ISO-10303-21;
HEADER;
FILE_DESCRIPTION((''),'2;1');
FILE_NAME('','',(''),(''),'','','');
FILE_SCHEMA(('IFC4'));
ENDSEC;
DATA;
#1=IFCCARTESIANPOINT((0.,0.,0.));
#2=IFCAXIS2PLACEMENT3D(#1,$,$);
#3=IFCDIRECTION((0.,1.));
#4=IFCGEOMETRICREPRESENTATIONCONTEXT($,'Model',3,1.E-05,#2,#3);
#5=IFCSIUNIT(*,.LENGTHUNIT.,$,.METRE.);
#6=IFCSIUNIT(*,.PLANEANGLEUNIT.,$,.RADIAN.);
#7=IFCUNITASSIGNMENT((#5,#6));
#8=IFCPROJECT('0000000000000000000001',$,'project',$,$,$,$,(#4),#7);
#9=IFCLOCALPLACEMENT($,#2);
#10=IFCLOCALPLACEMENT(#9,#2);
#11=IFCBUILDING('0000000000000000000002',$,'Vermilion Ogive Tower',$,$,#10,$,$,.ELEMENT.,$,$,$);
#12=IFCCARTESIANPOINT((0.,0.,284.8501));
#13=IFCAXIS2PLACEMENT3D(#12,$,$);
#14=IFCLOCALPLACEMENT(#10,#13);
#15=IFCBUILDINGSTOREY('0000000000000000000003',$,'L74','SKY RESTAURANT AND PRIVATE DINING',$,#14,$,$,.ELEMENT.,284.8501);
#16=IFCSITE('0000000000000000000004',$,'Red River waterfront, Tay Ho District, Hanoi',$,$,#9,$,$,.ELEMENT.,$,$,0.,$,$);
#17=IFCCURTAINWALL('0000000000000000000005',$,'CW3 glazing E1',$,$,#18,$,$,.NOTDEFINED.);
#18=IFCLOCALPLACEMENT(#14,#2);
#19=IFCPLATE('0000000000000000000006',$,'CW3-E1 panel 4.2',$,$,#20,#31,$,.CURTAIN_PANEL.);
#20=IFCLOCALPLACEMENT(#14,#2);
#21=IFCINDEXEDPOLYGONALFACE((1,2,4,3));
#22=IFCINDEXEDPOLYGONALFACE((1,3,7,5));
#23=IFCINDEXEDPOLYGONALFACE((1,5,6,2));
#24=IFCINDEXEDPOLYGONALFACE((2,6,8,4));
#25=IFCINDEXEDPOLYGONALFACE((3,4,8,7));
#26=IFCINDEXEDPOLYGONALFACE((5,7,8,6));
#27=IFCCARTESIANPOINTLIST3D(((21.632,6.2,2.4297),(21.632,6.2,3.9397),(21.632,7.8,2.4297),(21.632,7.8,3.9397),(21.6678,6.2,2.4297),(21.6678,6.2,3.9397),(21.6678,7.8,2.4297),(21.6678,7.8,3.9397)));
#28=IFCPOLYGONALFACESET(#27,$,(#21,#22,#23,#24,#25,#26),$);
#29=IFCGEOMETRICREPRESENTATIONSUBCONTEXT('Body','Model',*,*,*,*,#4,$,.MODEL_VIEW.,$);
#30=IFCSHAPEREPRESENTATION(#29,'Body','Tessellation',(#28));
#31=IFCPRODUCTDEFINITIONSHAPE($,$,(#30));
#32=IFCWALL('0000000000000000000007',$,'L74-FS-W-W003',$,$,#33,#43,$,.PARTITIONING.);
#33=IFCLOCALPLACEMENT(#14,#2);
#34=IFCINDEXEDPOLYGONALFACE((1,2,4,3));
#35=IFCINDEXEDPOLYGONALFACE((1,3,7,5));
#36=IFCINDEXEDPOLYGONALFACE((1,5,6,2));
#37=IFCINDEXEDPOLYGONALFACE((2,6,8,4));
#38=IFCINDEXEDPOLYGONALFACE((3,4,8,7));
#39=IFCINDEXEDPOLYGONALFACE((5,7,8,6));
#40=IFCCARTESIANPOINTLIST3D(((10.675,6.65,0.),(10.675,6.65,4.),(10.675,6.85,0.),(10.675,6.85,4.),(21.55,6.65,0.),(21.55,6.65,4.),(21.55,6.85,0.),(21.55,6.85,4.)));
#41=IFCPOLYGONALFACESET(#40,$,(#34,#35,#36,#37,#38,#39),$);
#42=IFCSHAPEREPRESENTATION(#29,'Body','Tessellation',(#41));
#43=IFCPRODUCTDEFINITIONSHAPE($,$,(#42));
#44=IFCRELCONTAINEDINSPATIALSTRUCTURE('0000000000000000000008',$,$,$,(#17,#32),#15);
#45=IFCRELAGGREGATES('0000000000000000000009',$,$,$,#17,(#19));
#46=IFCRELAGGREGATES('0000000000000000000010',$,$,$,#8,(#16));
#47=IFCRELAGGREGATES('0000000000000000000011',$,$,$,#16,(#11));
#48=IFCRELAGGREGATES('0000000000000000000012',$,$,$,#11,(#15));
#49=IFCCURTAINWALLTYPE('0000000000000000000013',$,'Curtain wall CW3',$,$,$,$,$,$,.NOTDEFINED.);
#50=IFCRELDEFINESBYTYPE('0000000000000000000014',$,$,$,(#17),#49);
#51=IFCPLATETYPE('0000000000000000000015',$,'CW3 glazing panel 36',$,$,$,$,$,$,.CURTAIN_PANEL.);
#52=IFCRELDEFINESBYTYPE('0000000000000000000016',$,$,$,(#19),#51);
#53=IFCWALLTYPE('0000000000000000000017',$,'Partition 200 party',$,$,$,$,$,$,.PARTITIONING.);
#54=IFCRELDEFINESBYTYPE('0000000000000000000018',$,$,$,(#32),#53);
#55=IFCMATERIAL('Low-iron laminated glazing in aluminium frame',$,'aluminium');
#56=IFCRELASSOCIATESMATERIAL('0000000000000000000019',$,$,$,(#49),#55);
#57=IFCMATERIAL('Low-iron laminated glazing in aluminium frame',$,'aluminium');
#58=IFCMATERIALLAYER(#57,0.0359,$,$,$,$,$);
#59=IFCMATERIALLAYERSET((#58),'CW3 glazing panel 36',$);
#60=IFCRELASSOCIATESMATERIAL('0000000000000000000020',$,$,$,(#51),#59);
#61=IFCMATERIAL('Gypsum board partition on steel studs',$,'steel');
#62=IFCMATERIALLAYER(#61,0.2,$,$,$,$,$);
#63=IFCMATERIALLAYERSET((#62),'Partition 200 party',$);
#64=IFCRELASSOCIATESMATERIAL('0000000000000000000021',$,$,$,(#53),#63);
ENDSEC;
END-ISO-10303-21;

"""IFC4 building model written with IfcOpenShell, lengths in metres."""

from ifc_helpers import new_model, si_unit, direction, frame, frame_2d, origin, origin_2d, place, context, subcontext, project, spatial, rectangle, extrude, material, layer, layer_set, type_object, element, aggregate, save


model = new_model("IFC4")

# Units and contexts
model_context = context("Model", 3, precision=1e-05, world=origin(), true_north=direction((0.0, 1.0)))
body_context = subcontext(model_context, "Body", "Model", "MODEL_VIEW")
ifc_project = project(units=[si_unit("LENGTHUNIT", "METRE"), si_unit("PLANEANGLEUNIT", "RADIAN")], contexts=[model_context])

# Site, building, storey
site_placement = place(None, origin())
site = spatial("IfcSite", under=ifc_project, at=site_placement, Name="Red River waterfront, Tay Ho District, Hanoi", CompositionType="ELEMENT", RefElevation=0.0)
building_placement = place(site_placement, origin())
building = spatial("IfcBuilding", under=site, at=building_placement, Name="Vermilion Ogive Tower", CompositionType="ELEMENT")
storey_placement = place(building_placement, frame((0.0, 0.0, 284.8501)))
storey = spatial("IfcBuildingStorey", under=building, at=storey_placement, Name="L74", Description="SKY RESTAURANT AND PRIVATE DINING", CompositionType="ELEMENT", Elevation=284.8501)

# Curtain wall
ifc_material_1 = material(Name="Low-iron laminated glazing in aluminium frame", Category="aluminium")
curtain_wall_type = type_object("IfcCurtainWallType", Name="Curtain wall CW3", PredefinedType="NOTDEFINED", material=ifc_material_1)
curtain_wall_placement = place(storey_placement, origin())
curtain_wall = element("IfcCurtainWall", 1, at=curtain_wall_placement, inside=storey, type_object=curtain_wall_type, Name="CW3 glazing E1", PredefinedType="NOTDEFINED")

# Plate
ifc_material_2 = material(Name="Low-iron laminated glazing in aluminium frame", Category="aluminium")
ifc_layer_1 = layer(ifc_material_2, 0.0359)
ifc_layer_set_1 = layer_set([ifc_layer_1], Name="CW3 glazing panel 36")
plate_type = type_object("IfcPlateType", Name="CW3 glazing panel 36", PredefinedType="CURTAIN_PANEL", material=ifc_layer_set_1)
plate_1_placement = place(storey_placement, frame((21.6499, 7.0, 2.4297), z_axis=(0.0, 0.0, 1.0), x_axis=(0.0, 1.0, 0.0)))
plate_1 = element("IfcPlate", 2, at=plate_1_placement, type_object=plate_type, Name="CW3-E1 panel 4.2", PredefinedType="CURTAIN_PANEL", context=body_context, shape_type="SweptSolid", body=[
    extrude(rectangle(XDim=1.6001, YDim=0.0359, at=origin_2d()), origin(), (0.0, 0.0, 1.0), 1.51),
])
aggregate(curtain_wall, [plate_1])

# Wall
ifc_material_3 = material(Name="Gypsum board partition on steel studs", Category="steel")
ifc_layer_2 = layer(ifc_material_3, 0.2)
ifc_layer_set_2 = layer_set([ifc_layer_2], Name="Partition 200 party")
wall_type = type_object("IfcWallType", Name="Partition 200 party", PredefinedType="PARTITIONING", material=ifc_layer_set_2)
wall_placement = place(storey_placement, frame((10.675, 6.75, 0.0), z_axis=(0.0, 0.0, 1.0), x_axis=(1.0, 0.0, 0.0)))
element("IfcWall", 3, at=wall_placement, inside=storey, type_object=wall_type, Name="L74-FS-W-W003", PredefinedType="PARTITIONING", context=body_context, shape_type="SweptSolid", body=[
    extrude(rectangle(XDim=10.875, YDim=0.2, at=frame_2d((5.4375, 0.0))), origin(), (0.0, 0.0, 1.0), 4.0),
])

save(model, "model.ifc")
